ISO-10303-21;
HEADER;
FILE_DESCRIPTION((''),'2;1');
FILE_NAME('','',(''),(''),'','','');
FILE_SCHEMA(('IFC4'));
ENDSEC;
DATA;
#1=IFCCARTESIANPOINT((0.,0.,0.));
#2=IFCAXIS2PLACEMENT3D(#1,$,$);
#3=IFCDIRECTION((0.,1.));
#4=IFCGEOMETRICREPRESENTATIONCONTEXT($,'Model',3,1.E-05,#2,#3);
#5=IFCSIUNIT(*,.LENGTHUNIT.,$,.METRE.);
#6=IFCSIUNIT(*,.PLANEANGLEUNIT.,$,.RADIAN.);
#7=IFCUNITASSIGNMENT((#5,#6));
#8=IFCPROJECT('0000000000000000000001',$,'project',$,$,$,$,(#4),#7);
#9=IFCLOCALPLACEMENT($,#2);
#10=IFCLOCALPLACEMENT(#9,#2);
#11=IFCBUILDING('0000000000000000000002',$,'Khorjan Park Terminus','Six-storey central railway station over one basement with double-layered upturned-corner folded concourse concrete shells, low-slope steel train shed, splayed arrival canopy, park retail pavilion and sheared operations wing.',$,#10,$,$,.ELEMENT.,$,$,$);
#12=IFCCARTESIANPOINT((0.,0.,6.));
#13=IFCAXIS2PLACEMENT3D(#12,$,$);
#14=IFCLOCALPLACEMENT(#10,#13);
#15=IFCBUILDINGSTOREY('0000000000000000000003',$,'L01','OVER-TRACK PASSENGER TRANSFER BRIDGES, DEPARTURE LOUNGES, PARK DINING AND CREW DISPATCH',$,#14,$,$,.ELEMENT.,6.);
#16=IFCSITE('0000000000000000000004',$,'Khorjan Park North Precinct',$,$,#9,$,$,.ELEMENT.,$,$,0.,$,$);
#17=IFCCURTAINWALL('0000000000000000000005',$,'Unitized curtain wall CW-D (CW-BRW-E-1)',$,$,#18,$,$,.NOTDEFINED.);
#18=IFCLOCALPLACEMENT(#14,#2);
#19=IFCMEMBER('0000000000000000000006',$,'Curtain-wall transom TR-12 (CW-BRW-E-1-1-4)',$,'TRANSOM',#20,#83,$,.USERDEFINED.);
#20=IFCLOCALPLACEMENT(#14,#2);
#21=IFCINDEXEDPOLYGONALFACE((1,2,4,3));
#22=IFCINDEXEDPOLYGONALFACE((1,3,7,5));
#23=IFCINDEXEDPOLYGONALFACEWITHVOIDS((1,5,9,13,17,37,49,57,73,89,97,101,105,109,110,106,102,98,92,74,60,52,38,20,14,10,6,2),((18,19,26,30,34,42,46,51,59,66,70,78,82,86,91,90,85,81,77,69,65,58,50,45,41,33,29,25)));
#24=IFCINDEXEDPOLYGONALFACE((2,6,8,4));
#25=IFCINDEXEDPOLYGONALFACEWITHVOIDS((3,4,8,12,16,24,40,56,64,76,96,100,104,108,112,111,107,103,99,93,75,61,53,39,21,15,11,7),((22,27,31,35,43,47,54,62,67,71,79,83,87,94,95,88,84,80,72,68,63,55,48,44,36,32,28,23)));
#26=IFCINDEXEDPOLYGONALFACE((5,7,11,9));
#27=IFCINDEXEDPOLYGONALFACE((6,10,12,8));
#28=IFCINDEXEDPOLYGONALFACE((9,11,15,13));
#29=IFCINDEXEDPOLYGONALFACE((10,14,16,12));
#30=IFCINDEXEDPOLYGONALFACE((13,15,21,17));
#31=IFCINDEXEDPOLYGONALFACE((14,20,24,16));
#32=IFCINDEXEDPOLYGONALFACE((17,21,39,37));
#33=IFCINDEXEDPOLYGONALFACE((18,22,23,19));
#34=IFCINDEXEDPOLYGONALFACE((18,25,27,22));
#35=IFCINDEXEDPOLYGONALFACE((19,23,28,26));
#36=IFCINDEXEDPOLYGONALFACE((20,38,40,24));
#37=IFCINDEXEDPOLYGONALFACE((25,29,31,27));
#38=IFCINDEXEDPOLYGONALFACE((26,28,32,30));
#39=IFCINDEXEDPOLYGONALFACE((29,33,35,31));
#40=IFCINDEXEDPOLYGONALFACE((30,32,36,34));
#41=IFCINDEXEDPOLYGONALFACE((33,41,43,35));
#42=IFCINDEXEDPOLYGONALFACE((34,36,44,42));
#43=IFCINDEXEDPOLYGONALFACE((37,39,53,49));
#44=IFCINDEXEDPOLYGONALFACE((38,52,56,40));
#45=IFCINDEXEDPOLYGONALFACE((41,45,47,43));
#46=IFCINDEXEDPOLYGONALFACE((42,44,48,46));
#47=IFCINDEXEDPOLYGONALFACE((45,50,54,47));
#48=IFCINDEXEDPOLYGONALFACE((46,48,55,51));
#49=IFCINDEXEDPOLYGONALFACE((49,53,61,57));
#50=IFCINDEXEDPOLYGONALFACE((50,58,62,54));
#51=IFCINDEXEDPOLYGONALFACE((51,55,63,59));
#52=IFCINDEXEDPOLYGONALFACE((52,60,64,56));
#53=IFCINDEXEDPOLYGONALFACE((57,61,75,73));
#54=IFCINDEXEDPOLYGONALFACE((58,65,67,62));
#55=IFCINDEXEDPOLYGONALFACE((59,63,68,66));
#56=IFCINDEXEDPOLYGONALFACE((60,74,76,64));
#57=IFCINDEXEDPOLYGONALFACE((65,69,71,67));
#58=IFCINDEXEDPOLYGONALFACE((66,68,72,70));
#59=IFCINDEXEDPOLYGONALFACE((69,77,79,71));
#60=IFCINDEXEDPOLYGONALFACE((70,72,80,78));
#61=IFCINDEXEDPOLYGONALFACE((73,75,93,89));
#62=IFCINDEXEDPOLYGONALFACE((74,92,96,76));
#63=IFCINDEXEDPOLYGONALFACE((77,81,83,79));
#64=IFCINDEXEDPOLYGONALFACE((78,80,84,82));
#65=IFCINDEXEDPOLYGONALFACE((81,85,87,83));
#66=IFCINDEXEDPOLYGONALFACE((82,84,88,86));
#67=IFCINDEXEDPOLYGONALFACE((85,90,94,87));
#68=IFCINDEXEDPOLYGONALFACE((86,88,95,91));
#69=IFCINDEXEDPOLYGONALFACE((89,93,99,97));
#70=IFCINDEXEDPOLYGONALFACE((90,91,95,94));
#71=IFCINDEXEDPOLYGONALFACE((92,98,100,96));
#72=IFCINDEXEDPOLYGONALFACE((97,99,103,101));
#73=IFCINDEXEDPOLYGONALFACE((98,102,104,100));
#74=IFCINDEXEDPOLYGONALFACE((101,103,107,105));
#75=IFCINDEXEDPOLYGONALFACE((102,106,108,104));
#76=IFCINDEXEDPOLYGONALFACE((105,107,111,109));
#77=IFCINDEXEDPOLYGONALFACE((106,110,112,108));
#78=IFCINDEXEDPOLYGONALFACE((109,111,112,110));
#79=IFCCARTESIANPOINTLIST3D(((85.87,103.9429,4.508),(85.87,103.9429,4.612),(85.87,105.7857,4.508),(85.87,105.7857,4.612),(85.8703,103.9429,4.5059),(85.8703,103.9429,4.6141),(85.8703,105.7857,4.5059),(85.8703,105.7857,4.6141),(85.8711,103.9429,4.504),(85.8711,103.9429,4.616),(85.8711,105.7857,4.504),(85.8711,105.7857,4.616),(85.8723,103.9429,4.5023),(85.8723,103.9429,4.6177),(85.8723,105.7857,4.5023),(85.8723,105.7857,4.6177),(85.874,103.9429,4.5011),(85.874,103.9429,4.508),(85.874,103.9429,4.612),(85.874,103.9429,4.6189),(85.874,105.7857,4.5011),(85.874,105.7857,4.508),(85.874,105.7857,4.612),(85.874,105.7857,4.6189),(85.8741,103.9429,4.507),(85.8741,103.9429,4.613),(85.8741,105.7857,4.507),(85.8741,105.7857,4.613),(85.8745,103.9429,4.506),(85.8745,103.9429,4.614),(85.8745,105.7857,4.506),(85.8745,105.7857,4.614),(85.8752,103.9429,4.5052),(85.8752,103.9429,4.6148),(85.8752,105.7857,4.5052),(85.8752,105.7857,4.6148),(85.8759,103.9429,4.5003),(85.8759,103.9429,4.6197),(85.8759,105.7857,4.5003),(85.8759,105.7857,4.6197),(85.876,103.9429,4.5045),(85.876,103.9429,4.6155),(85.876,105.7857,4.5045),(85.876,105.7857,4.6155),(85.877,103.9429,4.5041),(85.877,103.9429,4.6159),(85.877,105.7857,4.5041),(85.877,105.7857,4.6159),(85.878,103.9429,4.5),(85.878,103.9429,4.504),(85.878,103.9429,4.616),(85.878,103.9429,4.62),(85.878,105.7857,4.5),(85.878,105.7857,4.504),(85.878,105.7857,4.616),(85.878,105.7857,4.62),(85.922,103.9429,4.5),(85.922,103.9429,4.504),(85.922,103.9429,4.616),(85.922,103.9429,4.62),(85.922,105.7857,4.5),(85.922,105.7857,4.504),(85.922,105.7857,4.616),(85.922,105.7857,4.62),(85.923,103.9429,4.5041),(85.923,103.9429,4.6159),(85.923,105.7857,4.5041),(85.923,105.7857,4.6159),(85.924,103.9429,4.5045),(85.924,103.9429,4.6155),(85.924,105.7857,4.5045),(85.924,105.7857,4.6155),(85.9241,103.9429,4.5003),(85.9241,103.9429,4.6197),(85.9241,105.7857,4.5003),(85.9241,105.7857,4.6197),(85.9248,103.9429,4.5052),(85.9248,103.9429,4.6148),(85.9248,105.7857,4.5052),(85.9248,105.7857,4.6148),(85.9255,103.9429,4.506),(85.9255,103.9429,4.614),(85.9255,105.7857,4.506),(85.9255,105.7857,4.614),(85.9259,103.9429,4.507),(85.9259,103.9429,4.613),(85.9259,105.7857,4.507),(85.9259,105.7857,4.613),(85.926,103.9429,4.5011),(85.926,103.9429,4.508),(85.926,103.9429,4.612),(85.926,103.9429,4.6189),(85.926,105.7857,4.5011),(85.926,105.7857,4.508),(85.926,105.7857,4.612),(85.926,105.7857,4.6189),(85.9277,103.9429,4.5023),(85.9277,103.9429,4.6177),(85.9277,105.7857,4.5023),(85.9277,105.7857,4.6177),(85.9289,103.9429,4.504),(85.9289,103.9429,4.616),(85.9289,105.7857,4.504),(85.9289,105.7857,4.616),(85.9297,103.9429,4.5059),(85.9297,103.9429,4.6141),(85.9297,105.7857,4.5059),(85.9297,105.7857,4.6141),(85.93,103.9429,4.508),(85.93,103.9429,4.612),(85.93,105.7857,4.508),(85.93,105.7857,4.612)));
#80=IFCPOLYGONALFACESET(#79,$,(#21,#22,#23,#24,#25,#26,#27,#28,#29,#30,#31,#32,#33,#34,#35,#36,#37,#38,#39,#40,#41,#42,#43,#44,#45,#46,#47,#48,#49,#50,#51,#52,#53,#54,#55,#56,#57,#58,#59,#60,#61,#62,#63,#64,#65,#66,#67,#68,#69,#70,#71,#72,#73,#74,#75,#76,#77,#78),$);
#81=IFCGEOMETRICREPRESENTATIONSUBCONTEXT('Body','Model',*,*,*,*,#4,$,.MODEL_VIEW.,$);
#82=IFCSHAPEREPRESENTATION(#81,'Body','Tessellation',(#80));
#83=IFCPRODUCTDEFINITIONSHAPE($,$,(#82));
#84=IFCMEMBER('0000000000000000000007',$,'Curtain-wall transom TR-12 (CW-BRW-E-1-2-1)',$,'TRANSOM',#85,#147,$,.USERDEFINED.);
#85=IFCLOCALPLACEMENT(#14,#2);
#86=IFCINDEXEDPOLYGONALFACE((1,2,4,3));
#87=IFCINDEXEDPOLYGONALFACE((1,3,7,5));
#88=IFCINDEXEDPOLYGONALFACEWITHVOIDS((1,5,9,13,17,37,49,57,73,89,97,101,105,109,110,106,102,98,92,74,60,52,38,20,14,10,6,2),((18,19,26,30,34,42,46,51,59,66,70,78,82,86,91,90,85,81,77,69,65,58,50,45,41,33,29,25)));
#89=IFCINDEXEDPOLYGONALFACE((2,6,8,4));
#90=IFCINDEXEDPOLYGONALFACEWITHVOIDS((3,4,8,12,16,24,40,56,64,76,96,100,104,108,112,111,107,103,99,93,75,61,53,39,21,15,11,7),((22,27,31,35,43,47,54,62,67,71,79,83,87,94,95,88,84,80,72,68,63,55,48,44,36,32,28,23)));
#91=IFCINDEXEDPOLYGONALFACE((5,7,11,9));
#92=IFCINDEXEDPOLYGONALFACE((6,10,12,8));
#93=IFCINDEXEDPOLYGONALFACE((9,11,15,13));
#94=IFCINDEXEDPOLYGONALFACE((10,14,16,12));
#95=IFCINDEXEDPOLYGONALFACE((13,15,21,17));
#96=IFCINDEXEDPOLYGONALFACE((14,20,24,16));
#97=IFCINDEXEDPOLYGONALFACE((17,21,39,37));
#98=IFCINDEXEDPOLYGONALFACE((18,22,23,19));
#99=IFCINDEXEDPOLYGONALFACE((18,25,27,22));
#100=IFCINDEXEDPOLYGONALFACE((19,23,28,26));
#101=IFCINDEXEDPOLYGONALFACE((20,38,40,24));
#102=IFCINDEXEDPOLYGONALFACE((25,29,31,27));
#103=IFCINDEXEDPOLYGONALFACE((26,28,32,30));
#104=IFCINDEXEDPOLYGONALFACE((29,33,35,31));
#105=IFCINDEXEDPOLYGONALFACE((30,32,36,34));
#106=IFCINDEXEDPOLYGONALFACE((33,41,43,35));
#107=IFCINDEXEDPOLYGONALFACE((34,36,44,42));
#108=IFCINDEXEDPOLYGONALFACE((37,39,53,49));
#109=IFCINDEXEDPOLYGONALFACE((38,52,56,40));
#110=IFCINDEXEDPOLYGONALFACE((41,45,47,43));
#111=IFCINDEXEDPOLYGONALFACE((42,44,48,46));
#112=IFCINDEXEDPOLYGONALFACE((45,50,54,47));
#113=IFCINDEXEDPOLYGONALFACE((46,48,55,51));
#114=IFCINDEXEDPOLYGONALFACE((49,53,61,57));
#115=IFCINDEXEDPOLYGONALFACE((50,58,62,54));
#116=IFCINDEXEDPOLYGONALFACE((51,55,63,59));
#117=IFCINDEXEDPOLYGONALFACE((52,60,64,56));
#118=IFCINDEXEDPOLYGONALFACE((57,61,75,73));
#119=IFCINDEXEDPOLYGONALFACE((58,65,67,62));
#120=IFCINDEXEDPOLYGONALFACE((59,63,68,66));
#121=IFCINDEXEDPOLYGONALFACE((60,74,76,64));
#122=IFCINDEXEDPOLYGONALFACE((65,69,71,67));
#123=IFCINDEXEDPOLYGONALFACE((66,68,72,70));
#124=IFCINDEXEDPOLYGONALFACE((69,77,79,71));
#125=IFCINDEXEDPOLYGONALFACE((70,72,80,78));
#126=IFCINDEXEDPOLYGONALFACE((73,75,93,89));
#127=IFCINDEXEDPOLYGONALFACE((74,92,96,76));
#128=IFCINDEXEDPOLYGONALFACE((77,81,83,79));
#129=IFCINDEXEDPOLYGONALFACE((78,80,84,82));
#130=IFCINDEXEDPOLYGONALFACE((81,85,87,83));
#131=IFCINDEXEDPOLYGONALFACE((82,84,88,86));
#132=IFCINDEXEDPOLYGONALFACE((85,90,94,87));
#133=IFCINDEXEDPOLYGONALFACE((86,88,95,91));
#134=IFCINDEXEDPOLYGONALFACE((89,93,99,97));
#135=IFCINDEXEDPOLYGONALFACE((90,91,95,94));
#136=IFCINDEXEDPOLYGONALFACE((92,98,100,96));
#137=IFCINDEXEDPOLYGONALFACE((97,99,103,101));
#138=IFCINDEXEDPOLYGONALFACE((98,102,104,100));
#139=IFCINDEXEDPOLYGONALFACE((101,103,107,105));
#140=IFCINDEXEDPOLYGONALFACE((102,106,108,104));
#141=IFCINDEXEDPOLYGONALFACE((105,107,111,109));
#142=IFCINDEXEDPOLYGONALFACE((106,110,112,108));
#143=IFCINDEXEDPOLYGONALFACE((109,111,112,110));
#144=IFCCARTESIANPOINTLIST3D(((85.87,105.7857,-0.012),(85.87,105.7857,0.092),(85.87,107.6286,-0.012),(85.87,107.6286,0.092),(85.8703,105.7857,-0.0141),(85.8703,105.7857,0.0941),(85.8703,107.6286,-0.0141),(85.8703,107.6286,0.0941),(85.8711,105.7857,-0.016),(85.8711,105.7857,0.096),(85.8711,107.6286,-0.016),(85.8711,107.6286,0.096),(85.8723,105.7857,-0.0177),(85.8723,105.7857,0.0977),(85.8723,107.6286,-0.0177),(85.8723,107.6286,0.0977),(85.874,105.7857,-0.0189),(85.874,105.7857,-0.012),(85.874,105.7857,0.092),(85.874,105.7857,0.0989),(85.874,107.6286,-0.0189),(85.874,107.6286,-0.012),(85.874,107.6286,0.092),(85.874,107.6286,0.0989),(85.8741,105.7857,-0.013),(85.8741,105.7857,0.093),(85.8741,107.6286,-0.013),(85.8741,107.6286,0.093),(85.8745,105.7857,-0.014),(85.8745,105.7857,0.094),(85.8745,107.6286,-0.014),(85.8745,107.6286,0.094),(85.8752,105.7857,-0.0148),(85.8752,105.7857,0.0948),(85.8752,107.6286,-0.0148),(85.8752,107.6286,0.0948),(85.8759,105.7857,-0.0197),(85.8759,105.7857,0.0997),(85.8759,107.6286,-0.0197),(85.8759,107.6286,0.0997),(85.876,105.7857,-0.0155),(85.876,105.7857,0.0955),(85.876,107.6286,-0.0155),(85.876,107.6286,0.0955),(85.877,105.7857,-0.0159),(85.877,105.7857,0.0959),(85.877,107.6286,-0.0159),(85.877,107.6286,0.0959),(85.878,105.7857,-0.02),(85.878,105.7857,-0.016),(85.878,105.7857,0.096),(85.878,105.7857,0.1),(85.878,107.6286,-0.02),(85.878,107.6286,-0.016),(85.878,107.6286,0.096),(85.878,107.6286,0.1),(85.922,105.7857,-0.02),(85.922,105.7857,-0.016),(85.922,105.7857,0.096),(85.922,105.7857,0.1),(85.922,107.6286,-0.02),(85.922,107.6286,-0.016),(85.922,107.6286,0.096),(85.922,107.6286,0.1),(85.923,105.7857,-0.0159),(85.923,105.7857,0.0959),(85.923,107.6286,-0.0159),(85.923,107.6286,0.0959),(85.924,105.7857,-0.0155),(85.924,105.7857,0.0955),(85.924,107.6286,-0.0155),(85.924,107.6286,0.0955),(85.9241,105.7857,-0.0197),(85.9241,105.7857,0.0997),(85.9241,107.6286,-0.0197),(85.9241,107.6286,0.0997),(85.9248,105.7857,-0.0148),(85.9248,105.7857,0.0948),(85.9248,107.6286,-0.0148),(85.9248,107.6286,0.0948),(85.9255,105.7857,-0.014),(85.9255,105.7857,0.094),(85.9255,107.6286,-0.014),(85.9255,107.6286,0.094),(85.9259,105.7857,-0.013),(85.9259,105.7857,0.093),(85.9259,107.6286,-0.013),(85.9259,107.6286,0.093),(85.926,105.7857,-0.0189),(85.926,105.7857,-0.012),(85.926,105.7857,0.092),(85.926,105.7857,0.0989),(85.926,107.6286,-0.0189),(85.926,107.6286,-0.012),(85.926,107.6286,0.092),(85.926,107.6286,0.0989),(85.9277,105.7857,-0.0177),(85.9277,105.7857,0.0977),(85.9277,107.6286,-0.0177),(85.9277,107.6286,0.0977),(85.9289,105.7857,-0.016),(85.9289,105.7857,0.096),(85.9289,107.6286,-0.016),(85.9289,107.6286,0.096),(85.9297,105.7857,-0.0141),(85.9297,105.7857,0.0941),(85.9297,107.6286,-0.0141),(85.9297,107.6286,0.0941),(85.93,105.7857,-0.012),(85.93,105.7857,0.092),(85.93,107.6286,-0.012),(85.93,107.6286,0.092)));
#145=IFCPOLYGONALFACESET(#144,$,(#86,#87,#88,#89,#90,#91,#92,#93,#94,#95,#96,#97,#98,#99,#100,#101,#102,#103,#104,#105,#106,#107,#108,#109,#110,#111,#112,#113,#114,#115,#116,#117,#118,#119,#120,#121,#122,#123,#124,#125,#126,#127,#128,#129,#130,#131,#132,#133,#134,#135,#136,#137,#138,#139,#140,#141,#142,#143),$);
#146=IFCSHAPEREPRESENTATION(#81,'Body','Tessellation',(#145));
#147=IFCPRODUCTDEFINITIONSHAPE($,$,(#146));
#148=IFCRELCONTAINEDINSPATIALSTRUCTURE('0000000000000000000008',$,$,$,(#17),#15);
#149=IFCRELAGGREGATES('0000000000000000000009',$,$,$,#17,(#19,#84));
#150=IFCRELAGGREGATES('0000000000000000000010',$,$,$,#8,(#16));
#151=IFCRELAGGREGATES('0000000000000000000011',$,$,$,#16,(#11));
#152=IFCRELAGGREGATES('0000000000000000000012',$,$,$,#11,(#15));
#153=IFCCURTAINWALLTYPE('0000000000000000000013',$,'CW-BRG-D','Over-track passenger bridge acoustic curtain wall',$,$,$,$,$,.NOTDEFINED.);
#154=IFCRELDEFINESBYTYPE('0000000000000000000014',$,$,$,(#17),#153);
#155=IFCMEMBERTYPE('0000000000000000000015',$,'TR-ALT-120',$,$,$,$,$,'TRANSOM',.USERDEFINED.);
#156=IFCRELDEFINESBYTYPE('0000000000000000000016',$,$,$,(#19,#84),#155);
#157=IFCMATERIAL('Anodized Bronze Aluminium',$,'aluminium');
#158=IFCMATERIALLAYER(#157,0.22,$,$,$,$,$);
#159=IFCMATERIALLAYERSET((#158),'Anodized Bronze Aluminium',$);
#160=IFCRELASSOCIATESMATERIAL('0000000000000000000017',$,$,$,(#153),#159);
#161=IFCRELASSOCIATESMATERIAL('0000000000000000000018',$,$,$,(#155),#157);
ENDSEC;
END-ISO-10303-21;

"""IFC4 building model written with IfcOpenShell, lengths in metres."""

from ifc_helpers import new_model, si_unit, direction, frame, origin, origin_2d, place, context, subcontext, project, spatial, hollow_rectangle, extrude, material, layer, layer_set, material_profile, profile_set, type_object, element, aggregate, save


model = new_model("IFC4")

# Units and contexts
model_context = context("Model", 3, precision=1e-05, world=origin(), true_north=direction((0.0, 1.0)))
body_context = subcontext(model_context, "Body", "Model", "MODEL_VIEW")
ifc_project = project(units=[si_unit("LENGTHUNIT", "METRE"), si_unit("PLANEANGLEUNIT", "RADIAN")], contexts=[model_context])

# Site, building, storey
site_placement = place(None, origin())
site = spatial("IfcSite", under=ifc_project, at=site_placement, Name="Khorjan Park North Precinct", CompositionType="ELEMENT", RefElevation=0.0)
building_placement = place(site_placement, origin())
building = spatial("IfcBuilding", under=site, at=building_placement, Name="Khorjan Park Terminus", Description="Six-storey central railway station over one basement with double-layered upturned-corner folded concourse concrete shells, low-slope steel train shed, splayed arrival canopy, park retail pavilion and sheared operations wing.", CompositionType="ELEMENT")
storey_placement = place(building_placement, frame((0.0, 0.0, 6.0)))
storey = spatial("IfcBuildingStorey", under=building, at=storey_placement, Name="L01", Description="OVER-TRACK PASSENGER TRANSFER BRIDGES, DEPARTURE LOUNGES, PARK DINING AND CREW DISPATCH", CompositionType="ELEMENT", Elevation=6.0)

# Curtain wall
ifc_material_1 = material(Name="Anodized Bronze Aluminium", Category="aluminium")
ifc_layer_1 = layer(ifc_material_1, 0.22)
ifc_layer_set_1 = layer_set([ifc_layer_1], Name="Anodized Bronze Aluminium")
curtain_wall_type = type_object("IfcCurtainWallType", Name="CW-BRG-D", Description="Over-track passenger bridge acoustic curtain wall", PredefinedType="NOTDEFINED", material=ifc_layer_set_1)
curtain_wall_1_placement = place(storey_placement, origin())
curtain_wall_1 = element("IfcCurtainWall", 1, at=curtain_wall_1_placement, inside=storey, type_object=curtain_wall_type, Name="Unitized curtain wall CW-D (CW-BRW-E-1)", PredefinedType="NOTDEFINED")

# Members
ifc_material_profile_1 = material_profile(ifc_material_1, hollow_rectangle(XDim=0.06, YDim=0.12, WallThickness=0.004, InnerFilletRadius=0.004, OuterFilletRadius=0.008, at=origin_2d()), Name="ALT 60x120x4")
ifc_profile_set_1 = profile_set([ifc_material_profile_1], Name="Anodized Bronze Aluminium")
member_type_1 = type_object("IfcMemberType", Name="TR-ALT-120", ElementType="TRANSOM", PredefinedType="USERDEFINED", material=ifc_profile_set_1)
member_1_placement = place(storey_placement, frame((85.9, 103.9429, 4.56), z_axis=(0.0, 1.0, 0.0), x_axis=(-1.0, 0.0, 0.0)))
member_1 = element("IfcMember", 2, at=member_1_placement, type_object=member_type_1, Name="Curtain-wall transom TR-12 (CW-BRW-E-1-1-4)", ObjectType="TRANSOM", PredefinedType="USERDEFINED", context=body_context, shape_type="SweptSolid", body=[
    extrude(hollow_rectangle(XDim=0.06, YDim=0.12, WallThickness=0.004, InnerFilletRadius=0.004, OuterFilletRadius=0.008, at=origin_2d()), origin(), (0.0, 0.0, 1.0), 1.8428),
])
member_2_placement = place(storey_placement, frame((85.9, 105.7857, 0.04), z_axis=(0.0, 1.0, 0.0), x_axis=(-1.0, 0.0, 0.0)))
member_2 = element("IfcMember", 3, at=member_2_placement, type_object=member_type_1, Name="Curtain-wall transom TR-12 (CW-BRW-E-1-2-1)", ObjectType="TRANSOM", PredefinedType="USERDEFINED", context=body_context, shape_type="SweptSolid", body=[
    extrude(hollow_rectangle(XDim=0.06, YDim=0.12, WallThickness=0.004, InnerFilletRadius=0.004, OuterFilletRadius=0.008, at=origin_2d()), origin(), (0.0, 0.0, 1.0), 1.8429),
])

aggregate(curtain_wall_1, [member_1, member_2])

save(model, "model.ifc")
